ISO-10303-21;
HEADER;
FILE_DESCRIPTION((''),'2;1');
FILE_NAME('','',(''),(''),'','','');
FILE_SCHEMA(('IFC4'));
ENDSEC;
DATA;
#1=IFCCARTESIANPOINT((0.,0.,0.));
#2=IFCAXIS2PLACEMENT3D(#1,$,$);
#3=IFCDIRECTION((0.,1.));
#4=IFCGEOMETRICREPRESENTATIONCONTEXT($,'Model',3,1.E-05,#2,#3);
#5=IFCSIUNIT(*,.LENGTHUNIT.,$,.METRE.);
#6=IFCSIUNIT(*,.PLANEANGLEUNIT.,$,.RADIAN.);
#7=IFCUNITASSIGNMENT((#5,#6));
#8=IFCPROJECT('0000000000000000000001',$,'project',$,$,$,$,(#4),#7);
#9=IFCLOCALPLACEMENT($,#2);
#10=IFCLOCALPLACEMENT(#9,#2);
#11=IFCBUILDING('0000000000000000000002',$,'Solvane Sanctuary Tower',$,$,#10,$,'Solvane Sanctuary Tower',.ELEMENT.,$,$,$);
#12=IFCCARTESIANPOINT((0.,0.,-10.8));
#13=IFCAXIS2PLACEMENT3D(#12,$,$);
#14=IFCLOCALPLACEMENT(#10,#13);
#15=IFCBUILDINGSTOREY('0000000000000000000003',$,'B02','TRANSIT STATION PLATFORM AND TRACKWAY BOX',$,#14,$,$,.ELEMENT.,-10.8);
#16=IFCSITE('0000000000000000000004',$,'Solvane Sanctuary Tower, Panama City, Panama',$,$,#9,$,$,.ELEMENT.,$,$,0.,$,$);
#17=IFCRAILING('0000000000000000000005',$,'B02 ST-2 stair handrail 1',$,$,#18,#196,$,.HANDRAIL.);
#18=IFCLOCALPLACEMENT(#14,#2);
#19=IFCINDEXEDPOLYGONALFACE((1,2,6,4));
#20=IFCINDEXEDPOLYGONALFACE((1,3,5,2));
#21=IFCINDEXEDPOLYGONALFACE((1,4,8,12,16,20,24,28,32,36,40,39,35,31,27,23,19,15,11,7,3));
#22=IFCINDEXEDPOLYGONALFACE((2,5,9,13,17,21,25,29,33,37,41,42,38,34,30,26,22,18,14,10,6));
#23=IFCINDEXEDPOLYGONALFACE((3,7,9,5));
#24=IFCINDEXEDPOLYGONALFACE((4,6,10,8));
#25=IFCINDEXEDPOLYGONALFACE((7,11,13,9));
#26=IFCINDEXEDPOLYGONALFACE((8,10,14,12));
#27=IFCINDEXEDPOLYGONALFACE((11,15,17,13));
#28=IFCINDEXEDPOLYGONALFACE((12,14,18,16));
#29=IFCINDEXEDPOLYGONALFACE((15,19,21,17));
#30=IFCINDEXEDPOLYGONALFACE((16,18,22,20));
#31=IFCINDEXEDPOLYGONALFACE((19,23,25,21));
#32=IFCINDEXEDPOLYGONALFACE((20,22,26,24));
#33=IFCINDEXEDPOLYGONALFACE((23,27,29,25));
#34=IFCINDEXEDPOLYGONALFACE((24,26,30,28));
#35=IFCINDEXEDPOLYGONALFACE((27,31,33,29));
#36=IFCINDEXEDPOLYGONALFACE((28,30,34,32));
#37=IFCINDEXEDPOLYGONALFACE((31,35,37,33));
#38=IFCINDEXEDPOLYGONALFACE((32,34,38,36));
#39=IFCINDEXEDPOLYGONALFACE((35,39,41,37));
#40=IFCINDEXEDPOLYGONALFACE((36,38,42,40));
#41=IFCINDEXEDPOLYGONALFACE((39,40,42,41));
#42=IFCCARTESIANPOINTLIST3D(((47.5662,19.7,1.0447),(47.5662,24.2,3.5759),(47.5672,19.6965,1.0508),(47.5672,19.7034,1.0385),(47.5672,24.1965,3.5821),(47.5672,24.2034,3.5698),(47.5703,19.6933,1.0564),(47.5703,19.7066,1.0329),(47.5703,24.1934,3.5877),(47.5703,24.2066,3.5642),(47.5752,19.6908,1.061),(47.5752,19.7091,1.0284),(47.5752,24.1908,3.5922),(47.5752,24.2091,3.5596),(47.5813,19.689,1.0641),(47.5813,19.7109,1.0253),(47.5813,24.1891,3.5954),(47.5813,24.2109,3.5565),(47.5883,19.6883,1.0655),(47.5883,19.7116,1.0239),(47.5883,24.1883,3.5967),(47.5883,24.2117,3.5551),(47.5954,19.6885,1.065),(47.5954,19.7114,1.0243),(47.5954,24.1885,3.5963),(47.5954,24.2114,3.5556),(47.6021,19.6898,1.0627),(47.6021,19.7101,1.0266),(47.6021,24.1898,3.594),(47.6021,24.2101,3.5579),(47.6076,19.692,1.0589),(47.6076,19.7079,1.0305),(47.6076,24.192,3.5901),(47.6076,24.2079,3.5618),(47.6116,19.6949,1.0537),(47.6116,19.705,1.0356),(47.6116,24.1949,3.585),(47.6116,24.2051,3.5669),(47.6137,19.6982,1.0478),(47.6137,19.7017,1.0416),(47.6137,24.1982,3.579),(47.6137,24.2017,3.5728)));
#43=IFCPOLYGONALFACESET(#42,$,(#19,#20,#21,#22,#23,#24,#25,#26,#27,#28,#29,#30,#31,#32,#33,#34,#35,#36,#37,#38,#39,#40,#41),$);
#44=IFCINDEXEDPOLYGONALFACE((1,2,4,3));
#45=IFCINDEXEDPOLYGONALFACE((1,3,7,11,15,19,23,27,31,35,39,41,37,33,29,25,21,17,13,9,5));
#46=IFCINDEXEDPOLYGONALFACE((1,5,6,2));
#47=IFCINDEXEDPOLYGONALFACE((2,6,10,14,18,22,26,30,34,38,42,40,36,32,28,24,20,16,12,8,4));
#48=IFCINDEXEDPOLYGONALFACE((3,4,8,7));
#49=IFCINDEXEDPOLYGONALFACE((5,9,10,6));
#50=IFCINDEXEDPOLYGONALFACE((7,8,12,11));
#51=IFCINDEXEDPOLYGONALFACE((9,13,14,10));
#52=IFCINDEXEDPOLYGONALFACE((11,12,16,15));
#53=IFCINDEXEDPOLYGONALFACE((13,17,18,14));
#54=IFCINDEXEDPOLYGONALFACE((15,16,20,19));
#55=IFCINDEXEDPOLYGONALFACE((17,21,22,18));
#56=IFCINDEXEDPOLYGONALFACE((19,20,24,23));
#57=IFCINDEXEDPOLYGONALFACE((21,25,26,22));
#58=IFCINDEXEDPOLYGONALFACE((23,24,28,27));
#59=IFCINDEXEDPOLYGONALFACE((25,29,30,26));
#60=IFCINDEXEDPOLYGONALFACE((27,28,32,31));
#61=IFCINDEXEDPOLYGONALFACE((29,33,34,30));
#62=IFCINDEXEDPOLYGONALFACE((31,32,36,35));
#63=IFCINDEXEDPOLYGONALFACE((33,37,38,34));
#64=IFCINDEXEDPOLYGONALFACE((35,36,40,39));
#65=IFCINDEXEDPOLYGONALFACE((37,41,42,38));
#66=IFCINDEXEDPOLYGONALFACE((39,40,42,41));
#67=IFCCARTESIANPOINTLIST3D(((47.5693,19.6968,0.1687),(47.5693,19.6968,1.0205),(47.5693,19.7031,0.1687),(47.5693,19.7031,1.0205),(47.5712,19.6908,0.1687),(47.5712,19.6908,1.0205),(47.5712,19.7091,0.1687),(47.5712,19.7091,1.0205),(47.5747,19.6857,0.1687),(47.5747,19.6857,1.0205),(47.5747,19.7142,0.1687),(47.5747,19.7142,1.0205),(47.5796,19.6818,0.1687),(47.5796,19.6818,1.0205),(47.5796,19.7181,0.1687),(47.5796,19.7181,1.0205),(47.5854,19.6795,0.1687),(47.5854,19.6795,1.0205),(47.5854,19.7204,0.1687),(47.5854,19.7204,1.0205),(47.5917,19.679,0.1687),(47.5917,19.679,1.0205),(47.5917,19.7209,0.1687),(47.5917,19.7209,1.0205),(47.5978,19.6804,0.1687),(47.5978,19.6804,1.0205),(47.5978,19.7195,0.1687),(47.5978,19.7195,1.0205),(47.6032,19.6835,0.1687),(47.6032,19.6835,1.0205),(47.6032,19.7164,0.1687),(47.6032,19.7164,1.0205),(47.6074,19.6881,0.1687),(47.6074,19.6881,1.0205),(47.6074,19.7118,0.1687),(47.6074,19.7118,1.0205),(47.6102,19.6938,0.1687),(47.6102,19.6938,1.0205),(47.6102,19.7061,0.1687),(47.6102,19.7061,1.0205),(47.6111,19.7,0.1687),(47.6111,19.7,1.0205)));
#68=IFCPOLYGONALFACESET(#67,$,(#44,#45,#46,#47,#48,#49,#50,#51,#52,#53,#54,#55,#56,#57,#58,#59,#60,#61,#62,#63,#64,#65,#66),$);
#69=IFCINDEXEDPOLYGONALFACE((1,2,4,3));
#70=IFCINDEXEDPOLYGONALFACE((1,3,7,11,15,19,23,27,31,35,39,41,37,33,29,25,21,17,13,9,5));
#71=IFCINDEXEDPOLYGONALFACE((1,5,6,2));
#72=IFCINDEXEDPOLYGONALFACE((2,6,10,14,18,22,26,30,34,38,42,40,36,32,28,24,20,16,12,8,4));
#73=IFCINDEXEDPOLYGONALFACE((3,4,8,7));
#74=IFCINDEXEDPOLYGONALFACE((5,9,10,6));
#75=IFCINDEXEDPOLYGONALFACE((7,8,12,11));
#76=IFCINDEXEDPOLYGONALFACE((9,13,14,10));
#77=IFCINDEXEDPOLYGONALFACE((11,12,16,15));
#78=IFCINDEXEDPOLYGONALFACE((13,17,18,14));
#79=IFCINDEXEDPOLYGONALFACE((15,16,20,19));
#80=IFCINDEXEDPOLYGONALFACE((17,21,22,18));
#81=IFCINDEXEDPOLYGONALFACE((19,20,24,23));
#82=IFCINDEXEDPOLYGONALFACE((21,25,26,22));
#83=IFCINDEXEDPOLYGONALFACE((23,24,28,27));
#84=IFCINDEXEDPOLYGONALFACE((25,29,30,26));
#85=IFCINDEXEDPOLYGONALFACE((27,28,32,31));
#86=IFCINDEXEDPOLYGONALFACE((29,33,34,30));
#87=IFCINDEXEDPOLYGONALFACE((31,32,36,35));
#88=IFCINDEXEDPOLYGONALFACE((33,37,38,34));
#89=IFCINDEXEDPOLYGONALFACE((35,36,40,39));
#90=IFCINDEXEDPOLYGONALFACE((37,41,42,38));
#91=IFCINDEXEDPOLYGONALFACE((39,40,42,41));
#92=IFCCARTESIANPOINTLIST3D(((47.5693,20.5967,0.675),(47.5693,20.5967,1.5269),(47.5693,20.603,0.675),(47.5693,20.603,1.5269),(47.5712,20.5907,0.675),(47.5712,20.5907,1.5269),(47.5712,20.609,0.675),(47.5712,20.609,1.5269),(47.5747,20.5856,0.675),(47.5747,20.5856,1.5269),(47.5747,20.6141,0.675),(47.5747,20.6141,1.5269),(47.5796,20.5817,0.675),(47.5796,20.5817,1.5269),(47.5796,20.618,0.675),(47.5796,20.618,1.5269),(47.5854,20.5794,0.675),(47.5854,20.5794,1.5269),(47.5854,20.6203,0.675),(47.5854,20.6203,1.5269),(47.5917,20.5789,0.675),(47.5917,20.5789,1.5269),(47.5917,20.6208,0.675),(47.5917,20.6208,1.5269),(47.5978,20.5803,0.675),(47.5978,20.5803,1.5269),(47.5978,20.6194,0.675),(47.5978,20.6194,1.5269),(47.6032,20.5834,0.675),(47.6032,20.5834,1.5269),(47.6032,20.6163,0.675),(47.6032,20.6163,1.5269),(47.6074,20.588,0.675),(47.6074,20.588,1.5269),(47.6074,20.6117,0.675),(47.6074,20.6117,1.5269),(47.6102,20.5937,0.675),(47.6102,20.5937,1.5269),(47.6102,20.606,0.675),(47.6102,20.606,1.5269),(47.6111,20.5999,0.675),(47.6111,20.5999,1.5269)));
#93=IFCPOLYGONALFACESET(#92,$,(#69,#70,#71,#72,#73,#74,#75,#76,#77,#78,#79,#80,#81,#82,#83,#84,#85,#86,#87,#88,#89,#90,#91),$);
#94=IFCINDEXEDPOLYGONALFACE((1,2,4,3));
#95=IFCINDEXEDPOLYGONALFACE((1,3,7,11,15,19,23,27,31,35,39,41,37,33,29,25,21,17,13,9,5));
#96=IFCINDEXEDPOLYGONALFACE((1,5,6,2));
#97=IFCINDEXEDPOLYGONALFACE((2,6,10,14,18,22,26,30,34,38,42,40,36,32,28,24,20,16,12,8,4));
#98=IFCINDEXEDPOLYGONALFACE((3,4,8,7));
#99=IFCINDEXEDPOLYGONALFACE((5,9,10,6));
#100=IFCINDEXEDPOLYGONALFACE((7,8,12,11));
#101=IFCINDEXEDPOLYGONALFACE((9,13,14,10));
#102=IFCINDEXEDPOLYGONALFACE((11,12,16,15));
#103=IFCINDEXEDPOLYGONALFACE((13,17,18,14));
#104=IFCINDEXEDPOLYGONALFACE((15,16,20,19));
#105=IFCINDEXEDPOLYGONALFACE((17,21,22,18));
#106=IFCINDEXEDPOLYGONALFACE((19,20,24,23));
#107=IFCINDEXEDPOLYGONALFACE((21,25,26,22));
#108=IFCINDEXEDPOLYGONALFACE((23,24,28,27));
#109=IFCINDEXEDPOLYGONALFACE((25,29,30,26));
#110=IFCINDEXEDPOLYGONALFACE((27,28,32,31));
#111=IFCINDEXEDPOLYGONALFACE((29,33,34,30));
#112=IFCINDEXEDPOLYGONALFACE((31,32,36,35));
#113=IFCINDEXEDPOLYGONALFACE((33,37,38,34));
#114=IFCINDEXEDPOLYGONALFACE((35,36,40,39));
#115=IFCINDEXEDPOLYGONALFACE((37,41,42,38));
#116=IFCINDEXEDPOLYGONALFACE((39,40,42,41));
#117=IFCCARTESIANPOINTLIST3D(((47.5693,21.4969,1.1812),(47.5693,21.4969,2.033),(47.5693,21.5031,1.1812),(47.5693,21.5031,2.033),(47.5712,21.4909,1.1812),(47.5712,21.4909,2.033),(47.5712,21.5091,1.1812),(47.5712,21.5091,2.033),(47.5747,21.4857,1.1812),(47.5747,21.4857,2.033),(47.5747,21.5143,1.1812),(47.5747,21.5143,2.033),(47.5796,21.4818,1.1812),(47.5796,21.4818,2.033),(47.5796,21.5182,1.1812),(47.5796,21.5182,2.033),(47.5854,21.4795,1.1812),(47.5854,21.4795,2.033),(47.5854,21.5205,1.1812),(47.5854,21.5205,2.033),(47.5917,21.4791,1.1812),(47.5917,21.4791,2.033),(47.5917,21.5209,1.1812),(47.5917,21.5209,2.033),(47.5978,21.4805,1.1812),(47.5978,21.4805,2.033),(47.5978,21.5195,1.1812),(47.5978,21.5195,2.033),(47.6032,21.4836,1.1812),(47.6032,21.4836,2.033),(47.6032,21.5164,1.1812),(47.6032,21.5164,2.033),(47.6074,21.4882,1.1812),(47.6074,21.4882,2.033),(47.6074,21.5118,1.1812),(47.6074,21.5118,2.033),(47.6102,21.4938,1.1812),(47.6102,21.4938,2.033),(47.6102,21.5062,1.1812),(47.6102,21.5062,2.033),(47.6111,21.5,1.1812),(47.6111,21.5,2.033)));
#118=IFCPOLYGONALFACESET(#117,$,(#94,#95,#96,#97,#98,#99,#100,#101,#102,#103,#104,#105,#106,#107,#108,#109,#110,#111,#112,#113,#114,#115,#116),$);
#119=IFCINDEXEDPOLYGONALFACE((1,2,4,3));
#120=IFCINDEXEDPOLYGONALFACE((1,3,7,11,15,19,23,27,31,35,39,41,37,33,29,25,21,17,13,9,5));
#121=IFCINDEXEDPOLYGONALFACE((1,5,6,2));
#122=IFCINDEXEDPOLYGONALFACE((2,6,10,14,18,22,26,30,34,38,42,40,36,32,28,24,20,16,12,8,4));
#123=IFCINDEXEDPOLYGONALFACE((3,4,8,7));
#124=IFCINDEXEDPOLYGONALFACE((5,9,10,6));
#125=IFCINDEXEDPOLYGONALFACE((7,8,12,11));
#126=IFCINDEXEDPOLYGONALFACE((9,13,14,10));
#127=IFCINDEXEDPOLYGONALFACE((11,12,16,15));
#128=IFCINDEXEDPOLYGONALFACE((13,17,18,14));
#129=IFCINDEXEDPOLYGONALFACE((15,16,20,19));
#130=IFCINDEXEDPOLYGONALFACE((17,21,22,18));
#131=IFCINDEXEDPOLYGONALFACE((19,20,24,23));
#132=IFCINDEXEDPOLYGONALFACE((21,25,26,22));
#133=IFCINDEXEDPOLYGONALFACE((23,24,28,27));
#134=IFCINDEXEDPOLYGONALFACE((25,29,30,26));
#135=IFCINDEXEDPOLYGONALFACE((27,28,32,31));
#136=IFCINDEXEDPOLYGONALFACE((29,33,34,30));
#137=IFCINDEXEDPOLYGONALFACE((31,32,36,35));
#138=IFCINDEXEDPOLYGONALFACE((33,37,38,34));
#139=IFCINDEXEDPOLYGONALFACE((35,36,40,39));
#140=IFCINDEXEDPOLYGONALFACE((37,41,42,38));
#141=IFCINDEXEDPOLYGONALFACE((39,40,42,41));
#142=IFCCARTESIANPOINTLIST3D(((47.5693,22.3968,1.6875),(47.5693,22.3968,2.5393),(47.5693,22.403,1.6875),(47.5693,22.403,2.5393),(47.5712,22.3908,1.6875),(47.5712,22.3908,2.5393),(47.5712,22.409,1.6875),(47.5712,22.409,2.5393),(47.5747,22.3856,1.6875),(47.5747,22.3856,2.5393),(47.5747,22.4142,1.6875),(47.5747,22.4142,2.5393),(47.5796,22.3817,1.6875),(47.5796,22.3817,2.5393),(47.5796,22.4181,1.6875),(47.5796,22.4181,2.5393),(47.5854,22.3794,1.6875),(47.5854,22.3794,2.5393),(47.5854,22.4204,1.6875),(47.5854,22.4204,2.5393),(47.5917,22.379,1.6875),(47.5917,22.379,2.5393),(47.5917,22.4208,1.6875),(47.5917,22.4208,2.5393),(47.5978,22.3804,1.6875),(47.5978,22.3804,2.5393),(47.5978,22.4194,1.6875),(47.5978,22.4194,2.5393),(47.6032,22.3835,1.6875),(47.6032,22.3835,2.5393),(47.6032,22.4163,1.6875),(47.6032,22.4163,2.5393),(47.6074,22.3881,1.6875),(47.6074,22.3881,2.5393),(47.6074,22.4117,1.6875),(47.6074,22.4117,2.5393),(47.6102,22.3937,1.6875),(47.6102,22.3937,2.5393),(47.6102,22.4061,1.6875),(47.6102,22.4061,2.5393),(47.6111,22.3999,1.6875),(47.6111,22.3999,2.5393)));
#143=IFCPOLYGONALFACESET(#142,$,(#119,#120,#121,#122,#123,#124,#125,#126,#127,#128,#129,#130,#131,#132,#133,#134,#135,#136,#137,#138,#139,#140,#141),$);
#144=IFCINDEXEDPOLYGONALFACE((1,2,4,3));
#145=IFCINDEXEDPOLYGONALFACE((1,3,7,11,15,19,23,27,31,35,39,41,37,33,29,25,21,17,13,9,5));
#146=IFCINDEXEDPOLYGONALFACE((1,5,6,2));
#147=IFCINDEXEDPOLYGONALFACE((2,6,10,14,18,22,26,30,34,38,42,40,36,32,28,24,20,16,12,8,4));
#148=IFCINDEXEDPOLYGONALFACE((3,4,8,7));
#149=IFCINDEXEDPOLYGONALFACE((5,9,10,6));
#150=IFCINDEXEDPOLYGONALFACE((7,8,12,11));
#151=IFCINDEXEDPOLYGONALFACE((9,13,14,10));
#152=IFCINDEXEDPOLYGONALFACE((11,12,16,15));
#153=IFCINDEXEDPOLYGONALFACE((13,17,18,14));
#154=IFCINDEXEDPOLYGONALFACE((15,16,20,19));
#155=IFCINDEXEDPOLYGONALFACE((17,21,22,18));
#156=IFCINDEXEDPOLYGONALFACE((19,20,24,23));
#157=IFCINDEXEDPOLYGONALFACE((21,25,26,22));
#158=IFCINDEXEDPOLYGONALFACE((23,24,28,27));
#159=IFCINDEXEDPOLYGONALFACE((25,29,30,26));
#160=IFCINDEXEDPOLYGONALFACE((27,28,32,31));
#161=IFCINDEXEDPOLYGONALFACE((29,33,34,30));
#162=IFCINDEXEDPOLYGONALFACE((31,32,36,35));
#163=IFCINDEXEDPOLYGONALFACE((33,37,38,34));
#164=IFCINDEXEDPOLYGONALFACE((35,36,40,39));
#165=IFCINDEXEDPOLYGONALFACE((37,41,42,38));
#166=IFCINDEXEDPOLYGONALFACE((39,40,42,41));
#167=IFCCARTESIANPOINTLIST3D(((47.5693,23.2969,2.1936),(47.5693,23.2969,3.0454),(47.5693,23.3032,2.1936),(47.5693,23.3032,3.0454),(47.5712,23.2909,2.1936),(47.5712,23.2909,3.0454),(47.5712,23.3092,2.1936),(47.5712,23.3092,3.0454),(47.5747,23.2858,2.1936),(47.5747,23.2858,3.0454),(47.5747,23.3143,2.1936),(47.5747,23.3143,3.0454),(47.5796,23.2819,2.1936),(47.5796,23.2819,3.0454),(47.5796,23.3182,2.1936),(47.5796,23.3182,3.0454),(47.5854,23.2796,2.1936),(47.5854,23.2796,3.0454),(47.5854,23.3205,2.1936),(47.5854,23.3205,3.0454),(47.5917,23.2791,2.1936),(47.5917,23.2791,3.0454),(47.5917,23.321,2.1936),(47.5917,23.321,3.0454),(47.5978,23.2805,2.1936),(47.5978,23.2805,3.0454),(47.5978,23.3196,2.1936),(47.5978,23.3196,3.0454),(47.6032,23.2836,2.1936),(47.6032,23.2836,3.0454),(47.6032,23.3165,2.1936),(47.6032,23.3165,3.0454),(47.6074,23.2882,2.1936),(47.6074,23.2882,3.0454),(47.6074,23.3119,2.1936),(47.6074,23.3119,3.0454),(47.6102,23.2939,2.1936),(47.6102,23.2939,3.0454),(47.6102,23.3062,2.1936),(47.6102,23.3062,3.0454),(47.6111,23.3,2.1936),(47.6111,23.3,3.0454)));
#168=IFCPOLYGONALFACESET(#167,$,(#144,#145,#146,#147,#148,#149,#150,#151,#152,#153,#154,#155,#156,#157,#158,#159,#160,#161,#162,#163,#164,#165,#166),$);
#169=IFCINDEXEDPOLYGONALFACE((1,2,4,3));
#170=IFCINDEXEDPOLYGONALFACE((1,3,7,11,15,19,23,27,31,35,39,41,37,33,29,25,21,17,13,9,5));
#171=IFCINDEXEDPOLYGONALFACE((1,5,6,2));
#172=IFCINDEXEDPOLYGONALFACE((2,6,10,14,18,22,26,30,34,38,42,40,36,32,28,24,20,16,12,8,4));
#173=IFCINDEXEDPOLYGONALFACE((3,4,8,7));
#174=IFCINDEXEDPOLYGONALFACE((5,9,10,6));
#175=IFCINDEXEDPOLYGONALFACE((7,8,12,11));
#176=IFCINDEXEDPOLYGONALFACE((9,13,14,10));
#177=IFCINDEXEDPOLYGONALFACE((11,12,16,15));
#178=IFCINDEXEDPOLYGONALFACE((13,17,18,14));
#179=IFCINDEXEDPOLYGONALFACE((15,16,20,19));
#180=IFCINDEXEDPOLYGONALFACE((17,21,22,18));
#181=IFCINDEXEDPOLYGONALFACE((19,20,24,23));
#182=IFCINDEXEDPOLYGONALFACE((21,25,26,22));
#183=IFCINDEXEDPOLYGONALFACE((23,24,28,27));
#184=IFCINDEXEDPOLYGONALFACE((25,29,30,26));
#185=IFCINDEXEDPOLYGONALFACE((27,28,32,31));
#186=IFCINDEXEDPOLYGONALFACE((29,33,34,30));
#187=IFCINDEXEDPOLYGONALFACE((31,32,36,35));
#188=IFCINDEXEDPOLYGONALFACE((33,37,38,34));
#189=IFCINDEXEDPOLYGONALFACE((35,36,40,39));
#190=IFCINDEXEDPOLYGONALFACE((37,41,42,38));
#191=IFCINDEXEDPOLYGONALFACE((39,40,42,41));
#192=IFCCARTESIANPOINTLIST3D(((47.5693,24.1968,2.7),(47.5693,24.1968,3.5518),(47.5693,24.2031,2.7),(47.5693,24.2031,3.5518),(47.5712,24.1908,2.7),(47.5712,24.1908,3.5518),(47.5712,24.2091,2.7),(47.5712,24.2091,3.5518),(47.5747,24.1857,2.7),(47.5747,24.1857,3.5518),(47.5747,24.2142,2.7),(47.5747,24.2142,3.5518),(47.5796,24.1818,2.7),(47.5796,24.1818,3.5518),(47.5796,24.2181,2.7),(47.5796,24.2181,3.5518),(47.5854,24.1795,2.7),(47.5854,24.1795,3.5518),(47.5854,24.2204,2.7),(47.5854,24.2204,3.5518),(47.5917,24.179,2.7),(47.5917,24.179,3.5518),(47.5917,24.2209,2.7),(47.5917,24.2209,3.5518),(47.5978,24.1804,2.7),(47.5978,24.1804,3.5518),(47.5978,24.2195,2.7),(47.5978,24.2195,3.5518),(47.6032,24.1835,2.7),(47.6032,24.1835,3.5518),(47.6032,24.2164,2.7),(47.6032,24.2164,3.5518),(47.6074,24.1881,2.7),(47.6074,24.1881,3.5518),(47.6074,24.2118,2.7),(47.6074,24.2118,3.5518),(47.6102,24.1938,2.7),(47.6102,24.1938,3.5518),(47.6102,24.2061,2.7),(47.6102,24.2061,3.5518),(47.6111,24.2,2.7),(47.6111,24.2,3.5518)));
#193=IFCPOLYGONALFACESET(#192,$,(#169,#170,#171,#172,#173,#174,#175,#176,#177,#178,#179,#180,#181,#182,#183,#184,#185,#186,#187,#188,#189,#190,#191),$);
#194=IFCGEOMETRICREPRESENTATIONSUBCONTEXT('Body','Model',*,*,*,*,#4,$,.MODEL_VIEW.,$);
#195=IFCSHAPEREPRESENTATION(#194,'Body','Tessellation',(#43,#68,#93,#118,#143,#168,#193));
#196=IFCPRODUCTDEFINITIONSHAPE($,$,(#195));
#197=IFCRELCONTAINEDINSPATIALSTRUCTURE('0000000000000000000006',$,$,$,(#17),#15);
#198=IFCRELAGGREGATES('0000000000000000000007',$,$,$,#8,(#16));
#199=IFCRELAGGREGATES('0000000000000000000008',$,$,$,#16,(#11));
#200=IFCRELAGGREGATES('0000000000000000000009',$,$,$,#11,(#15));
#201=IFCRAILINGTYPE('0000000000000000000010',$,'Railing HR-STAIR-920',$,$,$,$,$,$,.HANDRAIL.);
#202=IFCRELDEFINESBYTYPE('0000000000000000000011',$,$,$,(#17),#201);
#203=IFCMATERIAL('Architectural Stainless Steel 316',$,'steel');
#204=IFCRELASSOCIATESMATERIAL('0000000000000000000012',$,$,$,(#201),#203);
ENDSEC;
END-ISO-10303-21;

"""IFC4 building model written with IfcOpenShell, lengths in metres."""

from ifc_helpers import new_model, si_unit, direction, frame, origin, origin_2d, place, context, subcontext, project, spatial, circle, extrude, material, type_object, element, save


model = new_model("IFC4")

# Units and contexts
model_context = context("Model", 3, precision=1e-05, world=origin(), true_north=direction((0.0, 1.0)))
body_context = subcontext(model_context, "Body", "Model", "MODEL_VIEW")
ifc_project = project(units=[si_unit("LENGTHUNIT", "METRE"), si_unit("PLANEANGLEUNIT", "RADIAN")], contexts=[model_context])

# Site, building, storey
site_placement = place(None, origin())
site = spatial("IfcSite", under=ifc_project, at=site_placement, Name="Solvane Sanctuary Tower, Panama City, Panama", CompositionType="ELEMENT", RefElevation=0.0)
building_placement = place(site_placement, origin())
building = spatial("IfcBuilding", under=site, at=building_placement, Name="Solvane Sanctuary Tower", LongName="Solvane Sanctuary Tower", CompositionType="ELEMENT")
storey_placement = place(building_placement, frame((0.0, 0.0, -10.8)))
storey = spatial("IfcBuildingStorey", under=building, at=storey_placement, Name="B02", Description="TRANSIT STATION PLATFORM AND TRACKWAY BOX", CompositionType="ELEMENT", Elevation=-10.8)

# Railing
ifc_material_1 = material(Name="Architectural Stainless Steel 316", Category="steel")
railing_type_1 = type_object("IfcRailingType", Name="Railing HR-STAIR-920", PredefinedType="HANDRAIL", material=ifc_material_1)
railing_1_placement = place(storey_placement, frame((47.5901, 19.7, 0.1687)))
element("IfcRailing", 1, at=railing_1_placement, inside=storey, type_object=railing_type_1, Name="B02 ST-2 stair handrail 1", PredefinedType="HANDRAIL", context=body_context, shape_type="SweptSolid", body=[
    extrude(circle(Radius=0.0239, at=origin_2d()), frame((0.0, 0.0, 0.876), z_axis=(0.0, 0.871576, 0.490261), x_axis=(-1.0, 0.0, 0.0)), (0.0, 0.0, 1.0), 5.1631),
    extrude(circle(Radius=0.021, at=origin_2d()), origin(), (0.0, 0.0, 1.0), 0.8518),
    extrude(circle(Radius=0.021, at=origin_2d()), frame((0.0, 0.8999, 0.5063)), (0.0, 0.0, 1.0), 0.8518),
    extrude(circle(Radius=0.021, at=origin_2d()), frame((0.0, 1.8, 1.0125)), (0.0, 0.0, 1.0), 0.8518),
    extrude(circle(Radius=0.021, at=origin_2d()), frame((0.0, 2.7, 1.5188)), (0.0, 0.0, 1.0), 0.8518),
    extrude(circle(Radius=0.021, at=origin_2d()), frame((0.0, 3.6001, 2.0249)), (0.0, 0.0, 1.0), 0.8518),
    extrude(circle(Radius=0.021, at=origin_2d()), frame((0.0, 4.5, 2.5312)), (0.0, 0.0, 1.0), 0.8518),
])

save(model, "model.ifc")
